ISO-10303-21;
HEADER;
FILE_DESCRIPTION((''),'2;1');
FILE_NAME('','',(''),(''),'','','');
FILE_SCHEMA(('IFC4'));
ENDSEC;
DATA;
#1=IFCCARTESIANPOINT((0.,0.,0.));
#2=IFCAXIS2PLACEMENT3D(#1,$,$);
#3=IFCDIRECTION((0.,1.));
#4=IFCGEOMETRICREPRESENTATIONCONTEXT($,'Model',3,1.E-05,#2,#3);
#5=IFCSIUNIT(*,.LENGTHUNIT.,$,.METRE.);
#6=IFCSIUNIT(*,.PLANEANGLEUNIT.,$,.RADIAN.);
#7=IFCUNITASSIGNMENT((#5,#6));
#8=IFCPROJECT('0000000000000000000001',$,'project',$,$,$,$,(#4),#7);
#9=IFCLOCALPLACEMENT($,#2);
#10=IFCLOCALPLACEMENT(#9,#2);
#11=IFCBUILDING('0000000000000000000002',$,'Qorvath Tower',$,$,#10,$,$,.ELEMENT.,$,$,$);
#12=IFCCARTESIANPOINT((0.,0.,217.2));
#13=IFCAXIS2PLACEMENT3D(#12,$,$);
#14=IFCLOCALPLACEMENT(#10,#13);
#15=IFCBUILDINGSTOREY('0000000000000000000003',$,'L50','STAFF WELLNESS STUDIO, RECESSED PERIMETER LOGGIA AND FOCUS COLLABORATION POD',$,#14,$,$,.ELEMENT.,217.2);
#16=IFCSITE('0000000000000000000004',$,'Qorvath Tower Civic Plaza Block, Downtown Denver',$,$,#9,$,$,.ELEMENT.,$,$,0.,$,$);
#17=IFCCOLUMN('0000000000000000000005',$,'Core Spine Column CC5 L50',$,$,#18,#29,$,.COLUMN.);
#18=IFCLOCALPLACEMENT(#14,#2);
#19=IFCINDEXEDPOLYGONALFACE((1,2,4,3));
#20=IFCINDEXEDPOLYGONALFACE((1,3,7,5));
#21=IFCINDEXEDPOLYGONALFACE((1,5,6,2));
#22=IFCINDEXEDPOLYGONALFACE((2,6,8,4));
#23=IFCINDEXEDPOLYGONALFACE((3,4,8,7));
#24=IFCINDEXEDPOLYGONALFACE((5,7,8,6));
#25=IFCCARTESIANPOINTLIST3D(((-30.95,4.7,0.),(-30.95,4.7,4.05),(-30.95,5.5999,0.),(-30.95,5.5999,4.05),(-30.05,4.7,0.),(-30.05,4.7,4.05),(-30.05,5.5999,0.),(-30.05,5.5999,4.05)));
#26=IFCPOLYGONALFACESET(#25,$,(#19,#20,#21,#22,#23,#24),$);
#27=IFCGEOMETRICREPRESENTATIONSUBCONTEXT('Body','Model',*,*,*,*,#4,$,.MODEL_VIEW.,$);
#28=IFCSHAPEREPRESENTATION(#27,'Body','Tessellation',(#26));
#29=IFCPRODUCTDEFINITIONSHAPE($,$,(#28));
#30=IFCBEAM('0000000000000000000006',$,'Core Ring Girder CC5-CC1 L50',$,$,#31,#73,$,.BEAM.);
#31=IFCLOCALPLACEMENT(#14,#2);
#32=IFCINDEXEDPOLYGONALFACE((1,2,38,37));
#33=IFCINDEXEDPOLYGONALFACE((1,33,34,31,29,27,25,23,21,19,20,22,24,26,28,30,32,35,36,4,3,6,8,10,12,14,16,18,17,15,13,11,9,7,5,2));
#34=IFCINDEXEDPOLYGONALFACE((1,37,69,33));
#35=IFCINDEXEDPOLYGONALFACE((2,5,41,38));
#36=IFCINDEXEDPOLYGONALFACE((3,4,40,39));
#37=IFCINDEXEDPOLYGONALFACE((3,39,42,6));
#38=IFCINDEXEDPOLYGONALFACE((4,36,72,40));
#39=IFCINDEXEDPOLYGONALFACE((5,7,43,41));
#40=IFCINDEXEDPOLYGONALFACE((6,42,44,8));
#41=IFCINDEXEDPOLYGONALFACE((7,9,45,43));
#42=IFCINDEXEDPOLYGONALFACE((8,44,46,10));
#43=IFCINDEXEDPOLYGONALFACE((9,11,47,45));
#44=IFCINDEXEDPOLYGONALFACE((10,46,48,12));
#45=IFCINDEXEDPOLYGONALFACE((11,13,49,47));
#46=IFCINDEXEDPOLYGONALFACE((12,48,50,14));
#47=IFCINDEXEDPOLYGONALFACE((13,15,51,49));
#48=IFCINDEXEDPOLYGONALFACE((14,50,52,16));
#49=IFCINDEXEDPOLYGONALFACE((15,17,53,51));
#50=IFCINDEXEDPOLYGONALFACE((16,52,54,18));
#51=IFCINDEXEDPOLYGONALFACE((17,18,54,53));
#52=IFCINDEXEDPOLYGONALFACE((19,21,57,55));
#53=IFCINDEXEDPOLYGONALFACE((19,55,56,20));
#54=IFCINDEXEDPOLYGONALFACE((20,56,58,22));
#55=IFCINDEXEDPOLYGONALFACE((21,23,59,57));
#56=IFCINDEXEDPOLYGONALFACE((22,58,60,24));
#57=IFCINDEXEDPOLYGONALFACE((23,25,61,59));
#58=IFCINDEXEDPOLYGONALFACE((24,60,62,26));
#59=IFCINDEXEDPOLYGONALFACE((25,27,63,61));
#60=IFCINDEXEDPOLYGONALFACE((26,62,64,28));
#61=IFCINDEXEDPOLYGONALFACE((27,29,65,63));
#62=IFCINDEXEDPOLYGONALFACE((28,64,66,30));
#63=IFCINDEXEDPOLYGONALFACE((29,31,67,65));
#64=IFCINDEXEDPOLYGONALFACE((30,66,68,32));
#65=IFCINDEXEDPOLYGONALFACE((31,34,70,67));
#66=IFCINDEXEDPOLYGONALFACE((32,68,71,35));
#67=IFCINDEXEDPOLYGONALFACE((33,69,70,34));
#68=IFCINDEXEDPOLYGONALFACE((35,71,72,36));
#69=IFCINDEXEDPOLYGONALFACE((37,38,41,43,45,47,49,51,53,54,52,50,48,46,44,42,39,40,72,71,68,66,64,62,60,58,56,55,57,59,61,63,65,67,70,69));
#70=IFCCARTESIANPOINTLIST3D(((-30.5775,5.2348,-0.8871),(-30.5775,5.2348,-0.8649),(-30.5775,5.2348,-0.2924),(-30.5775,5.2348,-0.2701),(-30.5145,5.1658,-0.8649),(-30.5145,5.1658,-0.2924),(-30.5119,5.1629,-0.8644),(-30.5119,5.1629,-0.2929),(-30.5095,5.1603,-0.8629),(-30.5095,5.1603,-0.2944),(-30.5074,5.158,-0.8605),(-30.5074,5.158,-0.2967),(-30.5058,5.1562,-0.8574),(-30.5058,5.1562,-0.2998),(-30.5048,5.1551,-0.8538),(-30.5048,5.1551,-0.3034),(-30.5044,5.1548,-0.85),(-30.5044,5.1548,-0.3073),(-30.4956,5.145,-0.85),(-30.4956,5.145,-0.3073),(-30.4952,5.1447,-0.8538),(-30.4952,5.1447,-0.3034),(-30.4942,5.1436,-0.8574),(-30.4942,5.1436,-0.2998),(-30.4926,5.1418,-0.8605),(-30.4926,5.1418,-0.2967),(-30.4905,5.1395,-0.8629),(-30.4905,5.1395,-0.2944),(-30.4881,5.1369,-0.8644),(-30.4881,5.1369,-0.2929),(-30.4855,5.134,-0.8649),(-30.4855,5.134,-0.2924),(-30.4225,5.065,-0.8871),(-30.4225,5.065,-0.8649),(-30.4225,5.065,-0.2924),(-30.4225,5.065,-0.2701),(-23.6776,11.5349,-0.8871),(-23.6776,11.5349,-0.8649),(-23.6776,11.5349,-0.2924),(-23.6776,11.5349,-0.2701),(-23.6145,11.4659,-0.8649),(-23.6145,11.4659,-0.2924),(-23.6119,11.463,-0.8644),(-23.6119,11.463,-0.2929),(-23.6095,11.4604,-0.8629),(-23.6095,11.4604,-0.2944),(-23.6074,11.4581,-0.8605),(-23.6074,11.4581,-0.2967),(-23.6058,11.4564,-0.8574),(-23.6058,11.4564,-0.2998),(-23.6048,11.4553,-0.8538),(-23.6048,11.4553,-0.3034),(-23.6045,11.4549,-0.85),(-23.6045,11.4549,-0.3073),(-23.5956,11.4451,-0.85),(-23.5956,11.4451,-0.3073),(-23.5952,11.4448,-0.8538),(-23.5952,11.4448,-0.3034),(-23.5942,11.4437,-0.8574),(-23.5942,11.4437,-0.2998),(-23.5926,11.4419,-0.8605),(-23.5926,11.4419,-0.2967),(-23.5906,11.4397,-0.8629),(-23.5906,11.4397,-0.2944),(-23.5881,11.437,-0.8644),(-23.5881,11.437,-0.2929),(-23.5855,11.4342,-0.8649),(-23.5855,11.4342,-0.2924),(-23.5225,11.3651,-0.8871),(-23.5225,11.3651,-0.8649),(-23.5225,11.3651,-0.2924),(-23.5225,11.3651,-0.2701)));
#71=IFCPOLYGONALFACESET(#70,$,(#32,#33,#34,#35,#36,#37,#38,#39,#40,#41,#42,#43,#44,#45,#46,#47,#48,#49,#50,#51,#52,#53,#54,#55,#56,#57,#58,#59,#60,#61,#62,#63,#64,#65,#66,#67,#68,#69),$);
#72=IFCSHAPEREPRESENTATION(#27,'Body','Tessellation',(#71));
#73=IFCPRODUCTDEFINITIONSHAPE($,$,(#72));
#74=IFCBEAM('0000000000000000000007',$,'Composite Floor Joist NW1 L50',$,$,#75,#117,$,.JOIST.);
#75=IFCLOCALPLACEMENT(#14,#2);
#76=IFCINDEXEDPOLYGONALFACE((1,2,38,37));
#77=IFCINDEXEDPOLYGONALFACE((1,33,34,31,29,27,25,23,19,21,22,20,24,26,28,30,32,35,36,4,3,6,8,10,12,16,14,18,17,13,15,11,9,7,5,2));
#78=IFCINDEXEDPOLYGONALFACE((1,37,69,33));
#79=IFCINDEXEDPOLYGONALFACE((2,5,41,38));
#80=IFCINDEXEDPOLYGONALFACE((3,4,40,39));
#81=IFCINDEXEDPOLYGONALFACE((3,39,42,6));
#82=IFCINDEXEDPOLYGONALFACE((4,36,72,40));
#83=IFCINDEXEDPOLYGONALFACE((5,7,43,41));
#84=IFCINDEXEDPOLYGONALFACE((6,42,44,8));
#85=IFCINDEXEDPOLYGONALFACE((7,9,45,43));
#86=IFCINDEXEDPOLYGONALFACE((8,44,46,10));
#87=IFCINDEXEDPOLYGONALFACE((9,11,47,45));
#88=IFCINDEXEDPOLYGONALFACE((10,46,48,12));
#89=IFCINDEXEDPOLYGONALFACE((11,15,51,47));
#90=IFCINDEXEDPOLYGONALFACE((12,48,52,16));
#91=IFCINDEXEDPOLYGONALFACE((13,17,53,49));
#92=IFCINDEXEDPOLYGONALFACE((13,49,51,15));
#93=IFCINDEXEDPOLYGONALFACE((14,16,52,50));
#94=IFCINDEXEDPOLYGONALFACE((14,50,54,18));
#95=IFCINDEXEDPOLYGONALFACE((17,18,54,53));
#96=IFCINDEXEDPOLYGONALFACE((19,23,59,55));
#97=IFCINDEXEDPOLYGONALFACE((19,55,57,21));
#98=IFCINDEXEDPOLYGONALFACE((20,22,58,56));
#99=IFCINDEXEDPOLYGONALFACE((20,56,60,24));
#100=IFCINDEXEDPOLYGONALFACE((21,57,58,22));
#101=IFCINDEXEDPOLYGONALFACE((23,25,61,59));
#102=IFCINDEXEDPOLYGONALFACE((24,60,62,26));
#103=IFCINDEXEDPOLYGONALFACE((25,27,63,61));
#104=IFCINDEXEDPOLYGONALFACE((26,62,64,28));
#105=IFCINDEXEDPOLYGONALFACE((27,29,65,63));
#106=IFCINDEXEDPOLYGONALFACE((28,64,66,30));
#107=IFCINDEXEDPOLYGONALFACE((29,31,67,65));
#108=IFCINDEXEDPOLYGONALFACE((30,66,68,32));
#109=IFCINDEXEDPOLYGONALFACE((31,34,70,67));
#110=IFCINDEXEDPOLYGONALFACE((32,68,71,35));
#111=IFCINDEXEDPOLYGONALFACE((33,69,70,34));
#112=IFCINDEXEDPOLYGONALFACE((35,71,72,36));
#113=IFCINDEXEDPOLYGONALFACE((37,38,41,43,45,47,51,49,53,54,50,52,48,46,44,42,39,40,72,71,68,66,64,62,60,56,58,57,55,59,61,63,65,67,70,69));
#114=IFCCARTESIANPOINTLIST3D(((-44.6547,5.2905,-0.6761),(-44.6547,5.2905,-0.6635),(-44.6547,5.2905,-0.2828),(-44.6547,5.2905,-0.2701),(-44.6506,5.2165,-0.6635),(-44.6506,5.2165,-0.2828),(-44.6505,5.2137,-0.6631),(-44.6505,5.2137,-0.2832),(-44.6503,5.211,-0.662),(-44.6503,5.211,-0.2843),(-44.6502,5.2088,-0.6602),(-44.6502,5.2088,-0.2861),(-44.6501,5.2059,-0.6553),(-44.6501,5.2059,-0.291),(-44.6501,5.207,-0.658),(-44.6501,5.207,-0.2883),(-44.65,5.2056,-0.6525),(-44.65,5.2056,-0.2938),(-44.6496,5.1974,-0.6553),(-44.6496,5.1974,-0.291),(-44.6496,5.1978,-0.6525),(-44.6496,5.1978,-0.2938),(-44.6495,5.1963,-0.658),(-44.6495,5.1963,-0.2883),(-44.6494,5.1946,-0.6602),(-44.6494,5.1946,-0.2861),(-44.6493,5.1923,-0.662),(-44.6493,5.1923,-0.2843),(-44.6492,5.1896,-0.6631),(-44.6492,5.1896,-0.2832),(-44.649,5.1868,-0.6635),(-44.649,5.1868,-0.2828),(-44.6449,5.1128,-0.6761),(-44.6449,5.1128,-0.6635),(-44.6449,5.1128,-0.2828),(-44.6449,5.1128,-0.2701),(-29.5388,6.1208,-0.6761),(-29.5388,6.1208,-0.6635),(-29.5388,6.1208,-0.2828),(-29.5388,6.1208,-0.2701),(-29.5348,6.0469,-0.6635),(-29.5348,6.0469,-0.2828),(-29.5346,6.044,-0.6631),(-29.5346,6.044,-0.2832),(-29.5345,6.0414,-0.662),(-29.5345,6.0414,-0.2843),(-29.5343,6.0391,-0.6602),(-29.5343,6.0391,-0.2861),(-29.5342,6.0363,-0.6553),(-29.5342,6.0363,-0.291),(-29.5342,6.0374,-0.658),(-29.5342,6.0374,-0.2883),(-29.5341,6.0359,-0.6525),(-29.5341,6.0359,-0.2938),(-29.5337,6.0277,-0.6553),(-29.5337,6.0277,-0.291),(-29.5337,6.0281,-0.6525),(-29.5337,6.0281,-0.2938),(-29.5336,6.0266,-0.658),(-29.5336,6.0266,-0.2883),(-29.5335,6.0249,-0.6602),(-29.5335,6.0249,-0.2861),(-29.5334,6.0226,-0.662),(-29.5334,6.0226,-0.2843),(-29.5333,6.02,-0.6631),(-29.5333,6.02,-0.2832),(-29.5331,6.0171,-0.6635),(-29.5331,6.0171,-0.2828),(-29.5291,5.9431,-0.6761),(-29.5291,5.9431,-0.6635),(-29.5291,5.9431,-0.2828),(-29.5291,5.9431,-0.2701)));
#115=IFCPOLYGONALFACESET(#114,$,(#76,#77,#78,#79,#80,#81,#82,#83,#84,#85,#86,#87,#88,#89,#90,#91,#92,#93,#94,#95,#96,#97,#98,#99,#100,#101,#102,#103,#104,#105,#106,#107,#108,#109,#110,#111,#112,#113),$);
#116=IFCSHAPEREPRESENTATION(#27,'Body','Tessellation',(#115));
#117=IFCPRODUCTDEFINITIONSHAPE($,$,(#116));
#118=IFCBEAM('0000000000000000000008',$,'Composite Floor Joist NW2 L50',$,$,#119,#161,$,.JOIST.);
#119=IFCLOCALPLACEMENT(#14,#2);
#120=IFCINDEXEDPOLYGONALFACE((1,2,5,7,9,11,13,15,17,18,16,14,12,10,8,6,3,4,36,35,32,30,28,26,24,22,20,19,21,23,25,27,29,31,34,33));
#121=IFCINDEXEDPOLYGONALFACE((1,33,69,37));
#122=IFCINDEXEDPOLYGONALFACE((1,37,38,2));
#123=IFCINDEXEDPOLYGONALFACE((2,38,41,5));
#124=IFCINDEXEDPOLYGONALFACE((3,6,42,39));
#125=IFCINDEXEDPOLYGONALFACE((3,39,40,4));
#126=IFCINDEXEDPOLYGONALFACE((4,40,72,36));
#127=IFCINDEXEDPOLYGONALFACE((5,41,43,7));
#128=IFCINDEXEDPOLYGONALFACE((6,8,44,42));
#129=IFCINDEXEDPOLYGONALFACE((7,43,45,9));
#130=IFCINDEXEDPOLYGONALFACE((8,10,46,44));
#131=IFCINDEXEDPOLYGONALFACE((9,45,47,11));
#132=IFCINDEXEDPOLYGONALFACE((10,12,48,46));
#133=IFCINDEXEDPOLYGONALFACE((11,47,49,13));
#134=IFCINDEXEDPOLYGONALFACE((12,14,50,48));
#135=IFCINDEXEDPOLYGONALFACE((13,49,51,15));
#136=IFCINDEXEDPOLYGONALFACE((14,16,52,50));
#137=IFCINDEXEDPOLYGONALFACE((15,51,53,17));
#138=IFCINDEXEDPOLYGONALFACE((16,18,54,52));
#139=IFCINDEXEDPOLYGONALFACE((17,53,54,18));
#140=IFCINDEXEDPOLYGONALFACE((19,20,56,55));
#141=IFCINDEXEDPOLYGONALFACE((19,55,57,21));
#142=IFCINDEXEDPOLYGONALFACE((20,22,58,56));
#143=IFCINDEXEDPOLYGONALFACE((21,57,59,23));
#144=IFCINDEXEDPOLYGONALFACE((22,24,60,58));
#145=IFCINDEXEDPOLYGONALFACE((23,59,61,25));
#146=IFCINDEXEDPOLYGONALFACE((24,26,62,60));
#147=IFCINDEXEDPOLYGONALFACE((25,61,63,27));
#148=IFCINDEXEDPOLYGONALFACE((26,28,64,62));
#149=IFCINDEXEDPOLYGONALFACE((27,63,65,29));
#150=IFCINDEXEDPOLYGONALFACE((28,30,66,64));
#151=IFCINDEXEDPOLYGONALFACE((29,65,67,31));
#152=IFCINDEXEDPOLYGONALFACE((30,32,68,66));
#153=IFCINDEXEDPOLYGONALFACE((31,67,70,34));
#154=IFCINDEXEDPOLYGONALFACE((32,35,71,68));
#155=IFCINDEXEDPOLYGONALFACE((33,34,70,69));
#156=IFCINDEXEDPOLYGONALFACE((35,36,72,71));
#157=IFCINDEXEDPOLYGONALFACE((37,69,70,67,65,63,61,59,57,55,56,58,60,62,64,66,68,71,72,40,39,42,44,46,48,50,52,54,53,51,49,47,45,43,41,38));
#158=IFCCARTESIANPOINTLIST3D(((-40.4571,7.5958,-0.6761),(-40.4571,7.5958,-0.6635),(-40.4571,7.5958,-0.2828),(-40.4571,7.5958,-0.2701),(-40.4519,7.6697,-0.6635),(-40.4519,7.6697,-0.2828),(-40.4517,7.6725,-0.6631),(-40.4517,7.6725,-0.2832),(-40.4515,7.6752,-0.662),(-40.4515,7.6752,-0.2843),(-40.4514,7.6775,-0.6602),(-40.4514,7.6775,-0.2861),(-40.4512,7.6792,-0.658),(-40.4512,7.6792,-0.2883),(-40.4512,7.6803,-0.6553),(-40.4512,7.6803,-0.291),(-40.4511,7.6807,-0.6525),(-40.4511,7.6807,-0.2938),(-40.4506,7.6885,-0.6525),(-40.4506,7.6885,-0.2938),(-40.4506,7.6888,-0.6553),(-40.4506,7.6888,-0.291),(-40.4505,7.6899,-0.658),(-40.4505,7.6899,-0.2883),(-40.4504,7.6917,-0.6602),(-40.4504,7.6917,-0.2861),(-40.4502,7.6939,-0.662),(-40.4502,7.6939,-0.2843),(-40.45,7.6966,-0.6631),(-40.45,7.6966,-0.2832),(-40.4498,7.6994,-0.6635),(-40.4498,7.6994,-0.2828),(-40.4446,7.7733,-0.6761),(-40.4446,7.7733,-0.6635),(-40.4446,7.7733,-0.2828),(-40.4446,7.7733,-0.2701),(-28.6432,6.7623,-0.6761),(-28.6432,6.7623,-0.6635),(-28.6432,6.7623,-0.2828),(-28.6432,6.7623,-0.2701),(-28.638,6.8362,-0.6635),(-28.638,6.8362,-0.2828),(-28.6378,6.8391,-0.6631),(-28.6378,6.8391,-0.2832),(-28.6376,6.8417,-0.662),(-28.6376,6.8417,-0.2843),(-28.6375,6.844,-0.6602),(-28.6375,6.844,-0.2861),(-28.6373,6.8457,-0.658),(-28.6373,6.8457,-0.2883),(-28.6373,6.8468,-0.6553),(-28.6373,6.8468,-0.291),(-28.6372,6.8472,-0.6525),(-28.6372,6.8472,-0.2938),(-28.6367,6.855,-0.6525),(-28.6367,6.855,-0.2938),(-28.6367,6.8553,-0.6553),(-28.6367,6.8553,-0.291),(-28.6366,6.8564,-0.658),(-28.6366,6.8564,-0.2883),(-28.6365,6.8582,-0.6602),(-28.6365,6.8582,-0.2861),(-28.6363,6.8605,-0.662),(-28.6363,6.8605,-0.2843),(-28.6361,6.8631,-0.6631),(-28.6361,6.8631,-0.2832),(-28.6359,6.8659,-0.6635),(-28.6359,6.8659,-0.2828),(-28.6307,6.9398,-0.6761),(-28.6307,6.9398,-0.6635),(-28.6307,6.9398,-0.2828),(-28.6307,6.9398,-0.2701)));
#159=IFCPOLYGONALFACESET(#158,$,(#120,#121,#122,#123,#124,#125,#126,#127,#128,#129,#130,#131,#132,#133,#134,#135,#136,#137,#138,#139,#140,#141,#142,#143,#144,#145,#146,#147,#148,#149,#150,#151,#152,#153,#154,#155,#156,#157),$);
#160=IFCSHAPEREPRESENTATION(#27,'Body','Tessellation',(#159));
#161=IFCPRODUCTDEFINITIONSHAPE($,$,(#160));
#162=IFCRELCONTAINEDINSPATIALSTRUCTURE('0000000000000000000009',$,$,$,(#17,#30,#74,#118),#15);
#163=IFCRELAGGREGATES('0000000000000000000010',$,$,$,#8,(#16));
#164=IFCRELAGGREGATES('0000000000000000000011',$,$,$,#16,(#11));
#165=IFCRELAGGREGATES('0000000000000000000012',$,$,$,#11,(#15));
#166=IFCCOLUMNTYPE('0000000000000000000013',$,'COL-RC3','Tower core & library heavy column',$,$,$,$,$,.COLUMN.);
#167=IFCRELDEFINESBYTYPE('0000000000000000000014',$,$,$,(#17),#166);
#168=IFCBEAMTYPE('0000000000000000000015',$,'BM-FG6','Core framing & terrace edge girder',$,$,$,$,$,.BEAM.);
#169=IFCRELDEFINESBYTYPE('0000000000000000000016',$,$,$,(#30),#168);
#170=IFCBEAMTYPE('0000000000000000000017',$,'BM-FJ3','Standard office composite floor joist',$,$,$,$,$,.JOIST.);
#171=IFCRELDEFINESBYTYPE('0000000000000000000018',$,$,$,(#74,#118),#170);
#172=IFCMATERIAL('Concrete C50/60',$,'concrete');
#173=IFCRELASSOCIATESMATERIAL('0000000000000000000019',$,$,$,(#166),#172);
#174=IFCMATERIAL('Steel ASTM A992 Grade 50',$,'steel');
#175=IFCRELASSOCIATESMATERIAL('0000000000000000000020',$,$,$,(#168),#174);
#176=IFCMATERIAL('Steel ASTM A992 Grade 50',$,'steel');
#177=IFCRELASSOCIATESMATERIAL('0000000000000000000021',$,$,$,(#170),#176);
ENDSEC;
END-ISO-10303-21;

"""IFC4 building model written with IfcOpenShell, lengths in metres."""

from ifc_helpers import new_model, si_unit, direction, frame, origin, origin_2d, place, context, subcontext, project, spatial, rectangle, i_section, extrude, material, material_profile, profile_set, type_object, element, save


model = new_model("IFC4")

# Units and contexts
model_context = context("Model", 3, precision=1e-05, world=origin(), true_north=direction((0.0, 1.0)))
body_context = subcontext(model_context, "Body", "Model", "MODEL_VIEW")
ifc_project = project(units=[si_unit("LENGTHUNIT", "METRE"), si_unit("PLANEANGLEUNIT", "RADIAN")], contexts=[model_context])

# Site, building, storey
site_placement = place(None, origin())
site = spatial("IfcSite", under=ifc_project, at=site_placement, Name="Qorvath Tower Civic Plaza Block, Downtown Denver", CompositionType="ELEMENT", RefElevation=0.0)
building_placement = place(site_placement, origin())
building = spatial("IfcBuilding", under=site, at=building_placement, Name="Qorvath Tower", CompositionType="ELEMENT")
storey_placement = place(building_placement, frame((0.0, 0.0, 217.2)))
storey = spatial("IfcBuildingStorey", under=building, at=storey_placement, Name="L50", Description="STAFF WELLNESS STUDIO, RECESSED PERIMETER LOGGIA AND FOCUS COLLABORATION POD", CompositionType="ELEMENT", Elevation=217.2)

# Column
ifc_material_1 = material(Name="Concrete C50/60", Category="concrete")
ifc_material_profile_1 = material_profile(ifc_material_1, rectangle(XDim=0.8999, YDim=0.8999, at=origin_2d()), Name="RC 900x900")
ifc_profile_set_1 = profile_set([ifc_material_profile_1], Name="Concrete C50/60")
column_type = type_object("IfcColumnType", Name="COL-RC3", Description="Tower core & library heavy column", PredefinedType="COLUMN", material=ifc_profile_set_1)
column_placement = place(storey_placement, frame((-30.5, 5.1499, 0.0), z_axis=(0.0, 0.0, 1.0), x_axis=(1.0, 0.0, 0.0)))
element("IfcColumn", 1, at=column_placement, inside=storey, type_object=column_type, Name="Core Spine Column CC5 L50", PredefinedType="COLUMN", context=body_context, shape_type="SweptSolid", body=[
    extrude(rectangle(XDim=0.8999, YDim=0.8999, at=origin_2d()), origin(), (0.0, 0.0, 1.0), 4.05),
])

# Beams
ifc_material_2 = material(Name="Steel ASTM A992 Grade 50", Category="steel")
ifc_material_profile_2 = material_profile(ifc_material_2, i_section(OverallWidth=0.23, OverallDepth=0.6169, WebThickness=0.0132, FlangeThickness=0.0222, FilletRadius=0.0149, at=origin_2d()), Name="W24x94")
ifc_profile_set_2 = profile_set([ifc_material_profile_2], Name="Steel ASTM A992 Grade 50")
beam_type_1 = type_object("IfcBeamType", Name="BM-FG6", Description="Core framing & terrace edge girder", PredefinedType="BEAM", material=ifc_profile_set_2)
beam_1_placement = place(storey_placement, frame((-30.5, 5.1499, -0.5786), z_axis=(0.738478, 0.674277, 0.0), x_axis=(-0.674277, 0.738478, 0.0)))
element("IfcBeam", 2, at=beam_1_placement, inside=storey, type_object=beam_type_1, Name="Core Ring Girder CC5-CC1 L50", PredefinedType="BEAM", context=body_context, shape_type="SweptSolid", body=[
    extrude(i_section(OverallWidth=0.23, OverallDepth=0.6169, WebThickness=0.0132, FlangeThickness=0.0222, FilletRadius=0.0149, at=origin_2d()), origin(), (0.0, 0.0, 1.0), 9.3435),
])
ifc_material_3 = material(Name="Steel ASTM A992 Grade 50", Category="steel")
ifc_material_profile_3 = material_profile(ifc_material_3, i_section(OverallWidth=0.178, OverallDepth=0.406, WebThickness=0.0078, FlangeThickness=0.0127, FilletRadius=0.011, at=origin_2d()), Name="W16x40")
ifc_profile_set_3 = profile_set([ifc_material_profile_3], Name="Steel ASTM A992 Grade 50")
beam_type_2 = type_object("IfcBeamType", Name="BM-FJ3", Description="Standard office composite floor joist", PredefinedType="JOIST", material=ifc_profile_set_3)
beam_2_placement = place(storey_placement, frame((-29.5339, 6.032, -0.4731), z_axis=(-0.998495, -0.054847, 0.0), x_axis=(0.054847, -0.998495, 0.0)))
element("IfcBeam", 3, at=beam_2_placement, inside=storey, type_object=beam_type_2, Name="Composite Floor Joist NW1 L50", PredefinedType="JOIST", context=body_context, shape_type="SweptSolid", body=[
    extrude(i_section(OverallWidth=0.178, OverallDepth=0.406, WebThickness=0.0078, FlangeThickness=0.0127, FilletRadius=0.011, at=origin_2d()), origin(), (0.0, 0.0, 1.0), 15.1387),
])
beam_3_placement = place(storey_placement, frame((-28.637, 6.8511, -0.4731), z_axis=(-0.99752, 0.070377, 0.0), x_axis=(-0.070377, -0.99752, 0.0)))
element("IfcBeam", 4, at=beam_3_placement, inside=storey, type_object=beam_type_2, Name="Composite Floor Joist NW2 L50", PredefinedType="JOIST", context=body_context, shape_type="SweptSolid", body=[
    extrude(i_section(OverallWidth=0.178, OverallDepth=0.406, WebThickness=0.0078, FlangeThickness=0.0127, FilletRadius=0.011, at=origin_2d()), origin(), (0.0, 0.0, 1.0), 11.8433),
])

save(model, "model.ifc")
